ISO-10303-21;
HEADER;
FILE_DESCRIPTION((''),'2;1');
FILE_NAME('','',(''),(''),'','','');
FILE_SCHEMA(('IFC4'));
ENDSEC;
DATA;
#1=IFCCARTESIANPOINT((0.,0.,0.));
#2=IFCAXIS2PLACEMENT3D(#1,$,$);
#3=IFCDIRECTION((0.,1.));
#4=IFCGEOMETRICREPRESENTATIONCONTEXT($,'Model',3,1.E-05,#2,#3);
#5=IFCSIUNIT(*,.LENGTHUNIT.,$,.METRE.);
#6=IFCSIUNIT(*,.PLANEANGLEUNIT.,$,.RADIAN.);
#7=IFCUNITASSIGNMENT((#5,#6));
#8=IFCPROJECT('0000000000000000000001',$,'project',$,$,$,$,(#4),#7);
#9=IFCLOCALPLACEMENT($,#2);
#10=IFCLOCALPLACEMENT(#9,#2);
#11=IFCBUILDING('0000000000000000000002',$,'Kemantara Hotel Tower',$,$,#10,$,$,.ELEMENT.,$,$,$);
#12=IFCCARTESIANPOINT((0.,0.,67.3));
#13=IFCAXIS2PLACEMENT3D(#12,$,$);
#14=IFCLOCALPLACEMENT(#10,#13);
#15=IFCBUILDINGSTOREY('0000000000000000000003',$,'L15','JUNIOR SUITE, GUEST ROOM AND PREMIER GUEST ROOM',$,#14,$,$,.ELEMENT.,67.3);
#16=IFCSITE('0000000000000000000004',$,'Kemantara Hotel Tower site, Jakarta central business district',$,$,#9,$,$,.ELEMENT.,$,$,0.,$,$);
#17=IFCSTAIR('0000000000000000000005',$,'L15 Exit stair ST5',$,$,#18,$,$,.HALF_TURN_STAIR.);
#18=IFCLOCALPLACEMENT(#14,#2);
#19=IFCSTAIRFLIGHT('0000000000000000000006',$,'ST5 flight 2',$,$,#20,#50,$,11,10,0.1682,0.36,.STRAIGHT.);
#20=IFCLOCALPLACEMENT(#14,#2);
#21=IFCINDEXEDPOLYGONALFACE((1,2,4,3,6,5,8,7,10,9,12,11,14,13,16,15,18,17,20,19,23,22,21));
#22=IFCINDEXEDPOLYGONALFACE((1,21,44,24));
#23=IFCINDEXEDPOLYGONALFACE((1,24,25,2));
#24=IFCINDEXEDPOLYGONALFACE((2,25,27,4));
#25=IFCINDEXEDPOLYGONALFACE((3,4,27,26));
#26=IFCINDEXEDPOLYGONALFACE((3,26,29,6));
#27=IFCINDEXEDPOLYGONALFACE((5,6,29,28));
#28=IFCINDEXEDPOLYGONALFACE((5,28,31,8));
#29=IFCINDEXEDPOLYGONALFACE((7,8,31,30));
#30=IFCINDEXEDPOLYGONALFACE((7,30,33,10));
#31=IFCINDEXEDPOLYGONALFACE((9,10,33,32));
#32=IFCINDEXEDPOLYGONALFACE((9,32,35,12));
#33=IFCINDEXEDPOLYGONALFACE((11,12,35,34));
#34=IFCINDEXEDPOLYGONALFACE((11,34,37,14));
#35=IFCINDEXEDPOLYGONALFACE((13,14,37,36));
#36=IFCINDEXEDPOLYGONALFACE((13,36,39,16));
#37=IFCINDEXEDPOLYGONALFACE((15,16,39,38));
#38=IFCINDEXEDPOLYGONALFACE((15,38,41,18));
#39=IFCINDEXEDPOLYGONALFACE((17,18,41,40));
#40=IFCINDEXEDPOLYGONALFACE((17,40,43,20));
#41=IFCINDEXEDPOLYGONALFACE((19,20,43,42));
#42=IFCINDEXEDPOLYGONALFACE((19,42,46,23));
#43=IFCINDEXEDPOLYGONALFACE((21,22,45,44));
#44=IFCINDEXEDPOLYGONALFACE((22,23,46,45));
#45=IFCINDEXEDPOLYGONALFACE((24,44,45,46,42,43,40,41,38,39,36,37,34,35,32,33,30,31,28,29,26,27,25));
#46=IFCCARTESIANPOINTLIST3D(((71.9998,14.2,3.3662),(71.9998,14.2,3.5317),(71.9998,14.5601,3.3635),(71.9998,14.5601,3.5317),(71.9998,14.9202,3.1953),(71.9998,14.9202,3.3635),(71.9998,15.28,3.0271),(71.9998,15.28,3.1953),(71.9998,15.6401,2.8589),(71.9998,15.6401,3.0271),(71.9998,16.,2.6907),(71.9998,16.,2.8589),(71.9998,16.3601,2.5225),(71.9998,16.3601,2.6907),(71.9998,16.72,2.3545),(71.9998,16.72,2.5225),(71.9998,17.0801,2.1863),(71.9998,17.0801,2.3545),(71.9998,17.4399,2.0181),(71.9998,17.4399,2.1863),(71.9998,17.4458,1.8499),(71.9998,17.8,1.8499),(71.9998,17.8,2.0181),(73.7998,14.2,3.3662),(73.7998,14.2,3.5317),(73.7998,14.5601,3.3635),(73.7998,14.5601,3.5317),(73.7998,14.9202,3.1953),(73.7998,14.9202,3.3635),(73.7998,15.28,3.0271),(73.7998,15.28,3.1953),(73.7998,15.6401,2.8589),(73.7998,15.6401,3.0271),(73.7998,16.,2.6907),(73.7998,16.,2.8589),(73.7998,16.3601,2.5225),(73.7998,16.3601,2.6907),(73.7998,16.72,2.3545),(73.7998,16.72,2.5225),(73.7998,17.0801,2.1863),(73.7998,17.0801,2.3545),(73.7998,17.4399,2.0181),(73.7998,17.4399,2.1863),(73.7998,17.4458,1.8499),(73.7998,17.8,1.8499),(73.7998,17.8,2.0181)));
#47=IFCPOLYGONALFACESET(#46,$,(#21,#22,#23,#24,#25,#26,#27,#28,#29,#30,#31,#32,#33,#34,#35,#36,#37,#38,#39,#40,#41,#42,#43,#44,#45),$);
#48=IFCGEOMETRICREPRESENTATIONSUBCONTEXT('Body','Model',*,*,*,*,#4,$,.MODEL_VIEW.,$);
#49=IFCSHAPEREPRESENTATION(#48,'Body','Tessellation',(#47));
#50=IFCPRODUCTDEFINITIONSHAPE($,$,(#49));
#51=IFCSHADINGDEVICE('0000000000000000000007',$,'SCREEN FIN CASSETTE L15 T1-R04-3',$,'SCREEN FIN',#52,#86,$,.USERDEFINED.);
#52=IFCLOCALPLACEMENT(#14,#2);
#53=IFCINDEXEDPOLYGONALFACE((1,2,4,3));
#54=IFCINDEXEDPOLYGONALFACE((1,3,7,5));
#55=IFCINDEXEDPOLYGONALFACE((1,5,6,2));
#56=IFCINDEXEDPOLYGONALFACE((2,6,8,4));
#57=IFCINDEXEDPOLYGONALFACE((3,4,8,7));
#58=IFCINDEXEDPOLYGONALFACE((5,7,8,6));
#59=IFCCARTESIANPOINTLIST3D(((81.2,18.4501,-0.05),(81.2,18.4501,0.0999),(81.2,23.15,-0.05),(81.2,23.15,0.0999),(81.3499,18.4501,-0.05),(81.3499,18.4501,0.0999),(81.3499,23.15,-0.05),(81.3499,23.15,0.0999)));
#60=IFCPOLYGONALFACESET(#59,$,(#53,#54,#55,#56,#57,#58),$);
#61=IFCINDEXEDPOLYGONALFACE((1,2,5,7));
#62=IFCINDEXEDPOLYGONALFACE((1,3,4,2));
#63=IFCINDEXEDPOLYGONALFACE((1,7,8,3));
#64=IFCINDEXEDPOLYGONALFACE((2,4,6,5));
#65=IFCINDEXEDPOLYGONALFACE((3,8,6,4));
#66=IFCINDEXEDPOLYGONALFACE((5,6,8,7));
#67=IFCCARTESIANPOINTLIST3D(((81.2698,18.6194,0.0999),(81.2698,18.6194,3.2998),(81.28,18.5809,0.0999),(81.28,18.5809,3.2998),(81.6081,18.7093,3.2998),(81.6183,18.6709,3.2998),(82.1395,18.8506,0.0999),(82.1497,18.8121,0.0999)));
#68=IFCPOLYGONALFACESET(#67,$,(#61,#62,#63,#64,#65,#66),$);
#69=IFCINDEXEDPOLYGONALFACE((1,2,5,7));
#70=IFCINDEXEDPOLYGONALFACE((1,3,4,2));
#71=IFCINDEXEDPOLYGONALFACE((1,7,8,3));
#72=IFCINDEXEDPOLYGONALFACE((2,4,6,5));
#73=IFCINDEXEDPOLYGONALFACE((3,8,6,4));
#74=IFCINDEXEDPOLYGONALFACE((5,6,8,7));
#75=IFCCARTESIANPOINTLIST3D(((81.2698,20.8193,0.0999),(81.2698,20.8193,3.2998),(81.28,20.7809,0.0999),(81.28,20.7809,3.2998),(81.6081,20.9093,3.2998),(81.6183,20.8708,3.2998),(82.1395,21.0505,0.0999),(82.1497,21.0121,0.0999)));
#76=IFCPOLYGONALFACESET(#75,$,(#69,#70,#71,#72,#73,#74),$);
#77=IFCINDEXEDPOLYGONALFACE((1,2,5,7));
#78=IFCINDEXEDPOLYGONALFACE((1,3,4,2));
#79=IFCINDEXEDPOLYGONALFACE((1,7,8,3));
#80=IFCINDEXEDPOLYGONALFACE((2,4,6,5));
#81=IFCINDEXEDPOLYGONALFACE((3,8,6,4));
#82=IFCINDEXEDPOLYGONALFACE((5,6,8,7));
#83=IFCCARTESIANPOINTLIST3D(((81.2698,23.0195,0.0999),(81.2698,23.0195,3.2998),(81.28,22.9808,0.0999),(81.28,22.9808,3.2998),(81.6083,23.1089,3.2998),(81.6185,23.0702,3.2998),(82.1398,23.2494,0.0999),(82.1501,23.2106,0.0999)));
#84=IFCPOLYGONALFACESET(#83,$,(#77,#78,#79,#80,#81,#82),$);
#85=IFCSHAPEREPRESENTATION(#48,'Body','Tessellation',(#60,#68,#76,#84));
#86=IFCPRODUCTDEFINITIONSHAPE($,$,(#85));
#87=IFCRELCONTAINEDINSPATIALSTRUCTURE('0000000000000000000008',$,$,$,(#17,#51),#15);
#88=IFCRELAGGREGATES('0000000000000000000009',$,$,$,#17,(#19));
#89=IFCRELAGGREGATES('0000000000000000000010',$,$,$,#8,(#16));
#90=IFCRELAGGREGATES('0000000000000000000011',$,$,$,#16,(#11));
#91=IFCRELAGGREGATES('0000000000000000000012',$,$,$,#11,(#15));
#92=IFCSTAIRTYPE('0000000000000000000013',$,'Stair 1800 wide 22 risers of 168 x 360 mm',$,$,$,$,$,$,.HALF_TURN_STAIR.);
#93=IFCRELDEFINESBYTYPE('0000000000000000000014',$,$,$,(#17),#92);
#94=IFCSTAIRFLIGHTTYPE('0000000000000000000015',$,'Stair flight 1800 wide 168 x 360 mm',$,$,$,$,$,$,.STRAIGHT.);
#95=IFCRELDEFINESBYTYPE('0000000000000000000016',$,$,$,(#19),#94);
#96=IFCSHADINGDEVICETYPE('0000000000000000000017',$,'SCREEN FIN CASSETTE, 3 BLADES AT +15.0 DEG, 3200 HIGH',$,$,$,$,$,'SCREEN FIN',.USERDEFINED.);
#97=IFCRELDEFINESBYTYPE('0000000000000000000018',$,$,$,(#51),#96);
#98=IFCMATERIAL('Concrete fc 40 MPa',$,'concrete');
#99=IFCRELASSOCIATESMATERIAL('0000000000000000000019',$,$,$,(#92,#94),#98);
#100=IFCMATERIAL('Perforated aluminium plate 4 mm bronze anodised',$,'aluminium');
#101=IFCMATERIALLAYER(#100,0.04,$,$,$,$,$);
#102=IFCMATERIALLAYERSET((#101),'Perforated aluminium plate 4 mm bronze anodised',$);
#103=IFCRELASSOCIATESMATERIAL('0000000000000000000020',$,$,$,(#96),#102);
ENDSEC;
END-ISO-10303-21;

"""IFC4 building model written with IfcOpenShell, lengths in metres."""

from ifc_helpers import new_model, si_unit, direction, frame, origin, origin_2d, place, context, subcontext, project, spatial, polyline, rectangle, outline, extrude, source, transform, mapped, material, layer, layer_set, type_object, element, aggregate, save


model = new_model("IFC4")

# Units and contexts
model_context = context("Model", 3, precision=1e-05, world=origin(), true_north=direction((0.0, 1.0)))
body_context = subcontext(model_context, "Body", "Model", "MODEL_VIEW")
ifc_project = project(units=[si_unit("LENGTHUNIT", "METRE"), si_unit("PLANEANGLEUNIT", "RADIAN")], contexts=[model_context])

# Site, building, storey
site_placement = place(None, origin())
site = spatial("IfcSite", under=ifc_project, at=site_placement, Name="Kemantara Hotel Tower site, Jakarta central business district", CompositionType="ELEMENT", RefElevation=0.0)
building_placement = place(site_placement, origin())
building = spatial("IfcBuilding", under=site, at=building_placement, Name="Kemantara Hotel Tower", CompositionType="ELEMENT")
storey_placement = place(building_placement, frame((0.0, 0.0, 67.3)))
storey = spatial("IfcBuildingStorey", under=building, at=storey_placement, Name="L15", Description="JUNIOR SUITE, GUEST ROOM AND PREMIER GUEST ROOM", CompositionType="ELEMENT", Elevation=67.3)

# Shared definitions
ifc_material_1 = material(Name="Concrete fc 40 MPa", Category="concrete")

# Stair, stair flight
stair_type = type_object("IfcStairType", Name="Stair 1800 wide 22 risers of 168 x 360 mm", PredefinedType="HALF_TURN_STAIR", material=ifc_material_1)
stair_flight_type = type_object("IfcStairFlightType", Name="Stair flight 1800 wide 168 x 360 mm", PredefinedType="STRAIGHT", material=ifc_material_1)
stair_1_placement = place(storey_placement, origin())
stair_1 = element("IfcStair", 1, at=stair_1_placement, inside=storey, type_object=stair_type, Name="L15 Exit stair ST5", PredefinedType="HALF_TURN_STAIR")
stair_flight_1_placement = place(storey_placement, frame((72.8999, 17.8, 1.8499), z_axis=(0.0, 0.0, 1.0), x_axis=(0.0, -1.0, 0.0)))
stair_flight_1 = element("IfcStairFlight", 2, at=stair_flight_1_placement, type_object=stair_flight_type, Name="ST5 flight 2", NumberOfRisers=11, NumberOfTreads=10, PredefinedType="STRAIGHT", RiserHeight=0.1682, TreadLength=0.36, context=body_context, shape_type="SweptSolid", body=[
    extrude(outline(polyline([(0.0, 0.0), (0.0, 0.1682), (0.3601, 0.1682), (0.3601, 0.3364), (0.72, 0.3364), (0.72, 0.5046), (1.0801, 0.5046), (1.0801, 0.6726), (1.4399, 0.6726), (1.4399, 0.8408), (1.8, 0.8408), (1.8, 1.009), (2.1599, 1.009), (2.1599, 1.1772), (2.52, 1.1772), (2.52, 1.3455), (2.8799, 1.3455), (2.8799, 1.5137), (3.24, 1.5137), (3.24, 1.6819), (3.6001, 1.6819), (3.6001, 1.8501), (3.6001, 1.5164), (0.3542, 0.0), (0.0, 0.0)])), frame((0.0, 0.8999, 0.0), z_axis=(0.0, -1.0, 0.0), x_axis=(1.0, 0.0, 0.0)), (0.0, 0.0, 1.0), 1.8),
])
aggregate(stair_1, [stair_flight_1])

# Shading device
ifc_material_2 = material(Name="Perforated aluminium plate 4 mm bronze anodised", Category="aluminium")
ifc_layer_1 = layer(ifc_material_2, 0.04)
ifc_layer_set_1 = layer_set([ifc_layer_1], Name="Perforated aluminium plate 4 mm bronze anodised")
shading_device_type = type_object("IfcShadingDeviceType", Name="SCREEN FIN CASSETTE, 3 BLADES AT +15.0 DEG, 3200 HIGH", ElementType="SCREEN FIN", PredefinedType="USERDEFINED", material=ifc_layer_set_1)
shared_shape_1 = source(origin(), body_context, "Body", "SweptSolid", [
    extrude(rectangle(XDim=4.7, YDim=0.1499, at=origin_2d()), frame((2.2, -0.075, -0.1499), z_axis=(0.0, 0.0, 1.0), x_axis=(1.0, 0.0, 0.0)), (0.0, 0.0, 1.0), 0.1499),
    extrude(outline(polyline([(0.0, 0.0), (0.8999, 0.0), (0.3501, 3.2), (0.0, 3.2), (0.0, 0.0)])), frame((0.0193, -0.0698, 0.0), z_axis=(-0.966438, -0.256901, 0.0), x_axis=(0.256901, -0.966438, 0.0)), (0.0, 0.0, 1.0), 0.0398),
    extrude(outline(polyline([(0.0, 0.0), (0.8999, 0.0), (0.3501, 3.2), (0.0, 3.2), (0.0, 0.0)])), frame((2.2192, -0.0698, 0.0), z_axis=(-0.966438, -0.256901, 0.0), x_axis=(0.256901, -0.966438, 0.0)), (0.0, 0.0, 1.0), 0.0398),
    extrude(outline(polyline([(0.0, 0.0), (0.8999, 0.0), (0.3501, 3.2), (0.0, 3.2), (0.0, 0.0)])), frame((4.4194, -0.0698, 0.0), z_axis=(-0.966838, -0.255391, 0.0), x_axis=(0.255391, -0.966838, 0.0)), (0.0, 0.0, 1.0), 0.04),
])
shading_device_placement = place(storey_placement, frame((81.2, 18.6001, 0.0999), z_axis=(0.0, 0.0, 1.0), x_axis=(0.0, 1.0, 0.0)))
element("IfcShadingDevice", 3, at=shading_device_placement, inside=storey, type_object=shading_device_type, Name="SCREEN FIN CASSETTE L15 T1-R04-3", ObjectType="SCREEN FIN", PredefinedType="USERDEFINED", context=body_context, shape_type="MappedRepresentation", body=[
    mapped(shared_shape_1, transform((0.0, 0.0, 0.0))),
])

save(model, "model.ifc")
